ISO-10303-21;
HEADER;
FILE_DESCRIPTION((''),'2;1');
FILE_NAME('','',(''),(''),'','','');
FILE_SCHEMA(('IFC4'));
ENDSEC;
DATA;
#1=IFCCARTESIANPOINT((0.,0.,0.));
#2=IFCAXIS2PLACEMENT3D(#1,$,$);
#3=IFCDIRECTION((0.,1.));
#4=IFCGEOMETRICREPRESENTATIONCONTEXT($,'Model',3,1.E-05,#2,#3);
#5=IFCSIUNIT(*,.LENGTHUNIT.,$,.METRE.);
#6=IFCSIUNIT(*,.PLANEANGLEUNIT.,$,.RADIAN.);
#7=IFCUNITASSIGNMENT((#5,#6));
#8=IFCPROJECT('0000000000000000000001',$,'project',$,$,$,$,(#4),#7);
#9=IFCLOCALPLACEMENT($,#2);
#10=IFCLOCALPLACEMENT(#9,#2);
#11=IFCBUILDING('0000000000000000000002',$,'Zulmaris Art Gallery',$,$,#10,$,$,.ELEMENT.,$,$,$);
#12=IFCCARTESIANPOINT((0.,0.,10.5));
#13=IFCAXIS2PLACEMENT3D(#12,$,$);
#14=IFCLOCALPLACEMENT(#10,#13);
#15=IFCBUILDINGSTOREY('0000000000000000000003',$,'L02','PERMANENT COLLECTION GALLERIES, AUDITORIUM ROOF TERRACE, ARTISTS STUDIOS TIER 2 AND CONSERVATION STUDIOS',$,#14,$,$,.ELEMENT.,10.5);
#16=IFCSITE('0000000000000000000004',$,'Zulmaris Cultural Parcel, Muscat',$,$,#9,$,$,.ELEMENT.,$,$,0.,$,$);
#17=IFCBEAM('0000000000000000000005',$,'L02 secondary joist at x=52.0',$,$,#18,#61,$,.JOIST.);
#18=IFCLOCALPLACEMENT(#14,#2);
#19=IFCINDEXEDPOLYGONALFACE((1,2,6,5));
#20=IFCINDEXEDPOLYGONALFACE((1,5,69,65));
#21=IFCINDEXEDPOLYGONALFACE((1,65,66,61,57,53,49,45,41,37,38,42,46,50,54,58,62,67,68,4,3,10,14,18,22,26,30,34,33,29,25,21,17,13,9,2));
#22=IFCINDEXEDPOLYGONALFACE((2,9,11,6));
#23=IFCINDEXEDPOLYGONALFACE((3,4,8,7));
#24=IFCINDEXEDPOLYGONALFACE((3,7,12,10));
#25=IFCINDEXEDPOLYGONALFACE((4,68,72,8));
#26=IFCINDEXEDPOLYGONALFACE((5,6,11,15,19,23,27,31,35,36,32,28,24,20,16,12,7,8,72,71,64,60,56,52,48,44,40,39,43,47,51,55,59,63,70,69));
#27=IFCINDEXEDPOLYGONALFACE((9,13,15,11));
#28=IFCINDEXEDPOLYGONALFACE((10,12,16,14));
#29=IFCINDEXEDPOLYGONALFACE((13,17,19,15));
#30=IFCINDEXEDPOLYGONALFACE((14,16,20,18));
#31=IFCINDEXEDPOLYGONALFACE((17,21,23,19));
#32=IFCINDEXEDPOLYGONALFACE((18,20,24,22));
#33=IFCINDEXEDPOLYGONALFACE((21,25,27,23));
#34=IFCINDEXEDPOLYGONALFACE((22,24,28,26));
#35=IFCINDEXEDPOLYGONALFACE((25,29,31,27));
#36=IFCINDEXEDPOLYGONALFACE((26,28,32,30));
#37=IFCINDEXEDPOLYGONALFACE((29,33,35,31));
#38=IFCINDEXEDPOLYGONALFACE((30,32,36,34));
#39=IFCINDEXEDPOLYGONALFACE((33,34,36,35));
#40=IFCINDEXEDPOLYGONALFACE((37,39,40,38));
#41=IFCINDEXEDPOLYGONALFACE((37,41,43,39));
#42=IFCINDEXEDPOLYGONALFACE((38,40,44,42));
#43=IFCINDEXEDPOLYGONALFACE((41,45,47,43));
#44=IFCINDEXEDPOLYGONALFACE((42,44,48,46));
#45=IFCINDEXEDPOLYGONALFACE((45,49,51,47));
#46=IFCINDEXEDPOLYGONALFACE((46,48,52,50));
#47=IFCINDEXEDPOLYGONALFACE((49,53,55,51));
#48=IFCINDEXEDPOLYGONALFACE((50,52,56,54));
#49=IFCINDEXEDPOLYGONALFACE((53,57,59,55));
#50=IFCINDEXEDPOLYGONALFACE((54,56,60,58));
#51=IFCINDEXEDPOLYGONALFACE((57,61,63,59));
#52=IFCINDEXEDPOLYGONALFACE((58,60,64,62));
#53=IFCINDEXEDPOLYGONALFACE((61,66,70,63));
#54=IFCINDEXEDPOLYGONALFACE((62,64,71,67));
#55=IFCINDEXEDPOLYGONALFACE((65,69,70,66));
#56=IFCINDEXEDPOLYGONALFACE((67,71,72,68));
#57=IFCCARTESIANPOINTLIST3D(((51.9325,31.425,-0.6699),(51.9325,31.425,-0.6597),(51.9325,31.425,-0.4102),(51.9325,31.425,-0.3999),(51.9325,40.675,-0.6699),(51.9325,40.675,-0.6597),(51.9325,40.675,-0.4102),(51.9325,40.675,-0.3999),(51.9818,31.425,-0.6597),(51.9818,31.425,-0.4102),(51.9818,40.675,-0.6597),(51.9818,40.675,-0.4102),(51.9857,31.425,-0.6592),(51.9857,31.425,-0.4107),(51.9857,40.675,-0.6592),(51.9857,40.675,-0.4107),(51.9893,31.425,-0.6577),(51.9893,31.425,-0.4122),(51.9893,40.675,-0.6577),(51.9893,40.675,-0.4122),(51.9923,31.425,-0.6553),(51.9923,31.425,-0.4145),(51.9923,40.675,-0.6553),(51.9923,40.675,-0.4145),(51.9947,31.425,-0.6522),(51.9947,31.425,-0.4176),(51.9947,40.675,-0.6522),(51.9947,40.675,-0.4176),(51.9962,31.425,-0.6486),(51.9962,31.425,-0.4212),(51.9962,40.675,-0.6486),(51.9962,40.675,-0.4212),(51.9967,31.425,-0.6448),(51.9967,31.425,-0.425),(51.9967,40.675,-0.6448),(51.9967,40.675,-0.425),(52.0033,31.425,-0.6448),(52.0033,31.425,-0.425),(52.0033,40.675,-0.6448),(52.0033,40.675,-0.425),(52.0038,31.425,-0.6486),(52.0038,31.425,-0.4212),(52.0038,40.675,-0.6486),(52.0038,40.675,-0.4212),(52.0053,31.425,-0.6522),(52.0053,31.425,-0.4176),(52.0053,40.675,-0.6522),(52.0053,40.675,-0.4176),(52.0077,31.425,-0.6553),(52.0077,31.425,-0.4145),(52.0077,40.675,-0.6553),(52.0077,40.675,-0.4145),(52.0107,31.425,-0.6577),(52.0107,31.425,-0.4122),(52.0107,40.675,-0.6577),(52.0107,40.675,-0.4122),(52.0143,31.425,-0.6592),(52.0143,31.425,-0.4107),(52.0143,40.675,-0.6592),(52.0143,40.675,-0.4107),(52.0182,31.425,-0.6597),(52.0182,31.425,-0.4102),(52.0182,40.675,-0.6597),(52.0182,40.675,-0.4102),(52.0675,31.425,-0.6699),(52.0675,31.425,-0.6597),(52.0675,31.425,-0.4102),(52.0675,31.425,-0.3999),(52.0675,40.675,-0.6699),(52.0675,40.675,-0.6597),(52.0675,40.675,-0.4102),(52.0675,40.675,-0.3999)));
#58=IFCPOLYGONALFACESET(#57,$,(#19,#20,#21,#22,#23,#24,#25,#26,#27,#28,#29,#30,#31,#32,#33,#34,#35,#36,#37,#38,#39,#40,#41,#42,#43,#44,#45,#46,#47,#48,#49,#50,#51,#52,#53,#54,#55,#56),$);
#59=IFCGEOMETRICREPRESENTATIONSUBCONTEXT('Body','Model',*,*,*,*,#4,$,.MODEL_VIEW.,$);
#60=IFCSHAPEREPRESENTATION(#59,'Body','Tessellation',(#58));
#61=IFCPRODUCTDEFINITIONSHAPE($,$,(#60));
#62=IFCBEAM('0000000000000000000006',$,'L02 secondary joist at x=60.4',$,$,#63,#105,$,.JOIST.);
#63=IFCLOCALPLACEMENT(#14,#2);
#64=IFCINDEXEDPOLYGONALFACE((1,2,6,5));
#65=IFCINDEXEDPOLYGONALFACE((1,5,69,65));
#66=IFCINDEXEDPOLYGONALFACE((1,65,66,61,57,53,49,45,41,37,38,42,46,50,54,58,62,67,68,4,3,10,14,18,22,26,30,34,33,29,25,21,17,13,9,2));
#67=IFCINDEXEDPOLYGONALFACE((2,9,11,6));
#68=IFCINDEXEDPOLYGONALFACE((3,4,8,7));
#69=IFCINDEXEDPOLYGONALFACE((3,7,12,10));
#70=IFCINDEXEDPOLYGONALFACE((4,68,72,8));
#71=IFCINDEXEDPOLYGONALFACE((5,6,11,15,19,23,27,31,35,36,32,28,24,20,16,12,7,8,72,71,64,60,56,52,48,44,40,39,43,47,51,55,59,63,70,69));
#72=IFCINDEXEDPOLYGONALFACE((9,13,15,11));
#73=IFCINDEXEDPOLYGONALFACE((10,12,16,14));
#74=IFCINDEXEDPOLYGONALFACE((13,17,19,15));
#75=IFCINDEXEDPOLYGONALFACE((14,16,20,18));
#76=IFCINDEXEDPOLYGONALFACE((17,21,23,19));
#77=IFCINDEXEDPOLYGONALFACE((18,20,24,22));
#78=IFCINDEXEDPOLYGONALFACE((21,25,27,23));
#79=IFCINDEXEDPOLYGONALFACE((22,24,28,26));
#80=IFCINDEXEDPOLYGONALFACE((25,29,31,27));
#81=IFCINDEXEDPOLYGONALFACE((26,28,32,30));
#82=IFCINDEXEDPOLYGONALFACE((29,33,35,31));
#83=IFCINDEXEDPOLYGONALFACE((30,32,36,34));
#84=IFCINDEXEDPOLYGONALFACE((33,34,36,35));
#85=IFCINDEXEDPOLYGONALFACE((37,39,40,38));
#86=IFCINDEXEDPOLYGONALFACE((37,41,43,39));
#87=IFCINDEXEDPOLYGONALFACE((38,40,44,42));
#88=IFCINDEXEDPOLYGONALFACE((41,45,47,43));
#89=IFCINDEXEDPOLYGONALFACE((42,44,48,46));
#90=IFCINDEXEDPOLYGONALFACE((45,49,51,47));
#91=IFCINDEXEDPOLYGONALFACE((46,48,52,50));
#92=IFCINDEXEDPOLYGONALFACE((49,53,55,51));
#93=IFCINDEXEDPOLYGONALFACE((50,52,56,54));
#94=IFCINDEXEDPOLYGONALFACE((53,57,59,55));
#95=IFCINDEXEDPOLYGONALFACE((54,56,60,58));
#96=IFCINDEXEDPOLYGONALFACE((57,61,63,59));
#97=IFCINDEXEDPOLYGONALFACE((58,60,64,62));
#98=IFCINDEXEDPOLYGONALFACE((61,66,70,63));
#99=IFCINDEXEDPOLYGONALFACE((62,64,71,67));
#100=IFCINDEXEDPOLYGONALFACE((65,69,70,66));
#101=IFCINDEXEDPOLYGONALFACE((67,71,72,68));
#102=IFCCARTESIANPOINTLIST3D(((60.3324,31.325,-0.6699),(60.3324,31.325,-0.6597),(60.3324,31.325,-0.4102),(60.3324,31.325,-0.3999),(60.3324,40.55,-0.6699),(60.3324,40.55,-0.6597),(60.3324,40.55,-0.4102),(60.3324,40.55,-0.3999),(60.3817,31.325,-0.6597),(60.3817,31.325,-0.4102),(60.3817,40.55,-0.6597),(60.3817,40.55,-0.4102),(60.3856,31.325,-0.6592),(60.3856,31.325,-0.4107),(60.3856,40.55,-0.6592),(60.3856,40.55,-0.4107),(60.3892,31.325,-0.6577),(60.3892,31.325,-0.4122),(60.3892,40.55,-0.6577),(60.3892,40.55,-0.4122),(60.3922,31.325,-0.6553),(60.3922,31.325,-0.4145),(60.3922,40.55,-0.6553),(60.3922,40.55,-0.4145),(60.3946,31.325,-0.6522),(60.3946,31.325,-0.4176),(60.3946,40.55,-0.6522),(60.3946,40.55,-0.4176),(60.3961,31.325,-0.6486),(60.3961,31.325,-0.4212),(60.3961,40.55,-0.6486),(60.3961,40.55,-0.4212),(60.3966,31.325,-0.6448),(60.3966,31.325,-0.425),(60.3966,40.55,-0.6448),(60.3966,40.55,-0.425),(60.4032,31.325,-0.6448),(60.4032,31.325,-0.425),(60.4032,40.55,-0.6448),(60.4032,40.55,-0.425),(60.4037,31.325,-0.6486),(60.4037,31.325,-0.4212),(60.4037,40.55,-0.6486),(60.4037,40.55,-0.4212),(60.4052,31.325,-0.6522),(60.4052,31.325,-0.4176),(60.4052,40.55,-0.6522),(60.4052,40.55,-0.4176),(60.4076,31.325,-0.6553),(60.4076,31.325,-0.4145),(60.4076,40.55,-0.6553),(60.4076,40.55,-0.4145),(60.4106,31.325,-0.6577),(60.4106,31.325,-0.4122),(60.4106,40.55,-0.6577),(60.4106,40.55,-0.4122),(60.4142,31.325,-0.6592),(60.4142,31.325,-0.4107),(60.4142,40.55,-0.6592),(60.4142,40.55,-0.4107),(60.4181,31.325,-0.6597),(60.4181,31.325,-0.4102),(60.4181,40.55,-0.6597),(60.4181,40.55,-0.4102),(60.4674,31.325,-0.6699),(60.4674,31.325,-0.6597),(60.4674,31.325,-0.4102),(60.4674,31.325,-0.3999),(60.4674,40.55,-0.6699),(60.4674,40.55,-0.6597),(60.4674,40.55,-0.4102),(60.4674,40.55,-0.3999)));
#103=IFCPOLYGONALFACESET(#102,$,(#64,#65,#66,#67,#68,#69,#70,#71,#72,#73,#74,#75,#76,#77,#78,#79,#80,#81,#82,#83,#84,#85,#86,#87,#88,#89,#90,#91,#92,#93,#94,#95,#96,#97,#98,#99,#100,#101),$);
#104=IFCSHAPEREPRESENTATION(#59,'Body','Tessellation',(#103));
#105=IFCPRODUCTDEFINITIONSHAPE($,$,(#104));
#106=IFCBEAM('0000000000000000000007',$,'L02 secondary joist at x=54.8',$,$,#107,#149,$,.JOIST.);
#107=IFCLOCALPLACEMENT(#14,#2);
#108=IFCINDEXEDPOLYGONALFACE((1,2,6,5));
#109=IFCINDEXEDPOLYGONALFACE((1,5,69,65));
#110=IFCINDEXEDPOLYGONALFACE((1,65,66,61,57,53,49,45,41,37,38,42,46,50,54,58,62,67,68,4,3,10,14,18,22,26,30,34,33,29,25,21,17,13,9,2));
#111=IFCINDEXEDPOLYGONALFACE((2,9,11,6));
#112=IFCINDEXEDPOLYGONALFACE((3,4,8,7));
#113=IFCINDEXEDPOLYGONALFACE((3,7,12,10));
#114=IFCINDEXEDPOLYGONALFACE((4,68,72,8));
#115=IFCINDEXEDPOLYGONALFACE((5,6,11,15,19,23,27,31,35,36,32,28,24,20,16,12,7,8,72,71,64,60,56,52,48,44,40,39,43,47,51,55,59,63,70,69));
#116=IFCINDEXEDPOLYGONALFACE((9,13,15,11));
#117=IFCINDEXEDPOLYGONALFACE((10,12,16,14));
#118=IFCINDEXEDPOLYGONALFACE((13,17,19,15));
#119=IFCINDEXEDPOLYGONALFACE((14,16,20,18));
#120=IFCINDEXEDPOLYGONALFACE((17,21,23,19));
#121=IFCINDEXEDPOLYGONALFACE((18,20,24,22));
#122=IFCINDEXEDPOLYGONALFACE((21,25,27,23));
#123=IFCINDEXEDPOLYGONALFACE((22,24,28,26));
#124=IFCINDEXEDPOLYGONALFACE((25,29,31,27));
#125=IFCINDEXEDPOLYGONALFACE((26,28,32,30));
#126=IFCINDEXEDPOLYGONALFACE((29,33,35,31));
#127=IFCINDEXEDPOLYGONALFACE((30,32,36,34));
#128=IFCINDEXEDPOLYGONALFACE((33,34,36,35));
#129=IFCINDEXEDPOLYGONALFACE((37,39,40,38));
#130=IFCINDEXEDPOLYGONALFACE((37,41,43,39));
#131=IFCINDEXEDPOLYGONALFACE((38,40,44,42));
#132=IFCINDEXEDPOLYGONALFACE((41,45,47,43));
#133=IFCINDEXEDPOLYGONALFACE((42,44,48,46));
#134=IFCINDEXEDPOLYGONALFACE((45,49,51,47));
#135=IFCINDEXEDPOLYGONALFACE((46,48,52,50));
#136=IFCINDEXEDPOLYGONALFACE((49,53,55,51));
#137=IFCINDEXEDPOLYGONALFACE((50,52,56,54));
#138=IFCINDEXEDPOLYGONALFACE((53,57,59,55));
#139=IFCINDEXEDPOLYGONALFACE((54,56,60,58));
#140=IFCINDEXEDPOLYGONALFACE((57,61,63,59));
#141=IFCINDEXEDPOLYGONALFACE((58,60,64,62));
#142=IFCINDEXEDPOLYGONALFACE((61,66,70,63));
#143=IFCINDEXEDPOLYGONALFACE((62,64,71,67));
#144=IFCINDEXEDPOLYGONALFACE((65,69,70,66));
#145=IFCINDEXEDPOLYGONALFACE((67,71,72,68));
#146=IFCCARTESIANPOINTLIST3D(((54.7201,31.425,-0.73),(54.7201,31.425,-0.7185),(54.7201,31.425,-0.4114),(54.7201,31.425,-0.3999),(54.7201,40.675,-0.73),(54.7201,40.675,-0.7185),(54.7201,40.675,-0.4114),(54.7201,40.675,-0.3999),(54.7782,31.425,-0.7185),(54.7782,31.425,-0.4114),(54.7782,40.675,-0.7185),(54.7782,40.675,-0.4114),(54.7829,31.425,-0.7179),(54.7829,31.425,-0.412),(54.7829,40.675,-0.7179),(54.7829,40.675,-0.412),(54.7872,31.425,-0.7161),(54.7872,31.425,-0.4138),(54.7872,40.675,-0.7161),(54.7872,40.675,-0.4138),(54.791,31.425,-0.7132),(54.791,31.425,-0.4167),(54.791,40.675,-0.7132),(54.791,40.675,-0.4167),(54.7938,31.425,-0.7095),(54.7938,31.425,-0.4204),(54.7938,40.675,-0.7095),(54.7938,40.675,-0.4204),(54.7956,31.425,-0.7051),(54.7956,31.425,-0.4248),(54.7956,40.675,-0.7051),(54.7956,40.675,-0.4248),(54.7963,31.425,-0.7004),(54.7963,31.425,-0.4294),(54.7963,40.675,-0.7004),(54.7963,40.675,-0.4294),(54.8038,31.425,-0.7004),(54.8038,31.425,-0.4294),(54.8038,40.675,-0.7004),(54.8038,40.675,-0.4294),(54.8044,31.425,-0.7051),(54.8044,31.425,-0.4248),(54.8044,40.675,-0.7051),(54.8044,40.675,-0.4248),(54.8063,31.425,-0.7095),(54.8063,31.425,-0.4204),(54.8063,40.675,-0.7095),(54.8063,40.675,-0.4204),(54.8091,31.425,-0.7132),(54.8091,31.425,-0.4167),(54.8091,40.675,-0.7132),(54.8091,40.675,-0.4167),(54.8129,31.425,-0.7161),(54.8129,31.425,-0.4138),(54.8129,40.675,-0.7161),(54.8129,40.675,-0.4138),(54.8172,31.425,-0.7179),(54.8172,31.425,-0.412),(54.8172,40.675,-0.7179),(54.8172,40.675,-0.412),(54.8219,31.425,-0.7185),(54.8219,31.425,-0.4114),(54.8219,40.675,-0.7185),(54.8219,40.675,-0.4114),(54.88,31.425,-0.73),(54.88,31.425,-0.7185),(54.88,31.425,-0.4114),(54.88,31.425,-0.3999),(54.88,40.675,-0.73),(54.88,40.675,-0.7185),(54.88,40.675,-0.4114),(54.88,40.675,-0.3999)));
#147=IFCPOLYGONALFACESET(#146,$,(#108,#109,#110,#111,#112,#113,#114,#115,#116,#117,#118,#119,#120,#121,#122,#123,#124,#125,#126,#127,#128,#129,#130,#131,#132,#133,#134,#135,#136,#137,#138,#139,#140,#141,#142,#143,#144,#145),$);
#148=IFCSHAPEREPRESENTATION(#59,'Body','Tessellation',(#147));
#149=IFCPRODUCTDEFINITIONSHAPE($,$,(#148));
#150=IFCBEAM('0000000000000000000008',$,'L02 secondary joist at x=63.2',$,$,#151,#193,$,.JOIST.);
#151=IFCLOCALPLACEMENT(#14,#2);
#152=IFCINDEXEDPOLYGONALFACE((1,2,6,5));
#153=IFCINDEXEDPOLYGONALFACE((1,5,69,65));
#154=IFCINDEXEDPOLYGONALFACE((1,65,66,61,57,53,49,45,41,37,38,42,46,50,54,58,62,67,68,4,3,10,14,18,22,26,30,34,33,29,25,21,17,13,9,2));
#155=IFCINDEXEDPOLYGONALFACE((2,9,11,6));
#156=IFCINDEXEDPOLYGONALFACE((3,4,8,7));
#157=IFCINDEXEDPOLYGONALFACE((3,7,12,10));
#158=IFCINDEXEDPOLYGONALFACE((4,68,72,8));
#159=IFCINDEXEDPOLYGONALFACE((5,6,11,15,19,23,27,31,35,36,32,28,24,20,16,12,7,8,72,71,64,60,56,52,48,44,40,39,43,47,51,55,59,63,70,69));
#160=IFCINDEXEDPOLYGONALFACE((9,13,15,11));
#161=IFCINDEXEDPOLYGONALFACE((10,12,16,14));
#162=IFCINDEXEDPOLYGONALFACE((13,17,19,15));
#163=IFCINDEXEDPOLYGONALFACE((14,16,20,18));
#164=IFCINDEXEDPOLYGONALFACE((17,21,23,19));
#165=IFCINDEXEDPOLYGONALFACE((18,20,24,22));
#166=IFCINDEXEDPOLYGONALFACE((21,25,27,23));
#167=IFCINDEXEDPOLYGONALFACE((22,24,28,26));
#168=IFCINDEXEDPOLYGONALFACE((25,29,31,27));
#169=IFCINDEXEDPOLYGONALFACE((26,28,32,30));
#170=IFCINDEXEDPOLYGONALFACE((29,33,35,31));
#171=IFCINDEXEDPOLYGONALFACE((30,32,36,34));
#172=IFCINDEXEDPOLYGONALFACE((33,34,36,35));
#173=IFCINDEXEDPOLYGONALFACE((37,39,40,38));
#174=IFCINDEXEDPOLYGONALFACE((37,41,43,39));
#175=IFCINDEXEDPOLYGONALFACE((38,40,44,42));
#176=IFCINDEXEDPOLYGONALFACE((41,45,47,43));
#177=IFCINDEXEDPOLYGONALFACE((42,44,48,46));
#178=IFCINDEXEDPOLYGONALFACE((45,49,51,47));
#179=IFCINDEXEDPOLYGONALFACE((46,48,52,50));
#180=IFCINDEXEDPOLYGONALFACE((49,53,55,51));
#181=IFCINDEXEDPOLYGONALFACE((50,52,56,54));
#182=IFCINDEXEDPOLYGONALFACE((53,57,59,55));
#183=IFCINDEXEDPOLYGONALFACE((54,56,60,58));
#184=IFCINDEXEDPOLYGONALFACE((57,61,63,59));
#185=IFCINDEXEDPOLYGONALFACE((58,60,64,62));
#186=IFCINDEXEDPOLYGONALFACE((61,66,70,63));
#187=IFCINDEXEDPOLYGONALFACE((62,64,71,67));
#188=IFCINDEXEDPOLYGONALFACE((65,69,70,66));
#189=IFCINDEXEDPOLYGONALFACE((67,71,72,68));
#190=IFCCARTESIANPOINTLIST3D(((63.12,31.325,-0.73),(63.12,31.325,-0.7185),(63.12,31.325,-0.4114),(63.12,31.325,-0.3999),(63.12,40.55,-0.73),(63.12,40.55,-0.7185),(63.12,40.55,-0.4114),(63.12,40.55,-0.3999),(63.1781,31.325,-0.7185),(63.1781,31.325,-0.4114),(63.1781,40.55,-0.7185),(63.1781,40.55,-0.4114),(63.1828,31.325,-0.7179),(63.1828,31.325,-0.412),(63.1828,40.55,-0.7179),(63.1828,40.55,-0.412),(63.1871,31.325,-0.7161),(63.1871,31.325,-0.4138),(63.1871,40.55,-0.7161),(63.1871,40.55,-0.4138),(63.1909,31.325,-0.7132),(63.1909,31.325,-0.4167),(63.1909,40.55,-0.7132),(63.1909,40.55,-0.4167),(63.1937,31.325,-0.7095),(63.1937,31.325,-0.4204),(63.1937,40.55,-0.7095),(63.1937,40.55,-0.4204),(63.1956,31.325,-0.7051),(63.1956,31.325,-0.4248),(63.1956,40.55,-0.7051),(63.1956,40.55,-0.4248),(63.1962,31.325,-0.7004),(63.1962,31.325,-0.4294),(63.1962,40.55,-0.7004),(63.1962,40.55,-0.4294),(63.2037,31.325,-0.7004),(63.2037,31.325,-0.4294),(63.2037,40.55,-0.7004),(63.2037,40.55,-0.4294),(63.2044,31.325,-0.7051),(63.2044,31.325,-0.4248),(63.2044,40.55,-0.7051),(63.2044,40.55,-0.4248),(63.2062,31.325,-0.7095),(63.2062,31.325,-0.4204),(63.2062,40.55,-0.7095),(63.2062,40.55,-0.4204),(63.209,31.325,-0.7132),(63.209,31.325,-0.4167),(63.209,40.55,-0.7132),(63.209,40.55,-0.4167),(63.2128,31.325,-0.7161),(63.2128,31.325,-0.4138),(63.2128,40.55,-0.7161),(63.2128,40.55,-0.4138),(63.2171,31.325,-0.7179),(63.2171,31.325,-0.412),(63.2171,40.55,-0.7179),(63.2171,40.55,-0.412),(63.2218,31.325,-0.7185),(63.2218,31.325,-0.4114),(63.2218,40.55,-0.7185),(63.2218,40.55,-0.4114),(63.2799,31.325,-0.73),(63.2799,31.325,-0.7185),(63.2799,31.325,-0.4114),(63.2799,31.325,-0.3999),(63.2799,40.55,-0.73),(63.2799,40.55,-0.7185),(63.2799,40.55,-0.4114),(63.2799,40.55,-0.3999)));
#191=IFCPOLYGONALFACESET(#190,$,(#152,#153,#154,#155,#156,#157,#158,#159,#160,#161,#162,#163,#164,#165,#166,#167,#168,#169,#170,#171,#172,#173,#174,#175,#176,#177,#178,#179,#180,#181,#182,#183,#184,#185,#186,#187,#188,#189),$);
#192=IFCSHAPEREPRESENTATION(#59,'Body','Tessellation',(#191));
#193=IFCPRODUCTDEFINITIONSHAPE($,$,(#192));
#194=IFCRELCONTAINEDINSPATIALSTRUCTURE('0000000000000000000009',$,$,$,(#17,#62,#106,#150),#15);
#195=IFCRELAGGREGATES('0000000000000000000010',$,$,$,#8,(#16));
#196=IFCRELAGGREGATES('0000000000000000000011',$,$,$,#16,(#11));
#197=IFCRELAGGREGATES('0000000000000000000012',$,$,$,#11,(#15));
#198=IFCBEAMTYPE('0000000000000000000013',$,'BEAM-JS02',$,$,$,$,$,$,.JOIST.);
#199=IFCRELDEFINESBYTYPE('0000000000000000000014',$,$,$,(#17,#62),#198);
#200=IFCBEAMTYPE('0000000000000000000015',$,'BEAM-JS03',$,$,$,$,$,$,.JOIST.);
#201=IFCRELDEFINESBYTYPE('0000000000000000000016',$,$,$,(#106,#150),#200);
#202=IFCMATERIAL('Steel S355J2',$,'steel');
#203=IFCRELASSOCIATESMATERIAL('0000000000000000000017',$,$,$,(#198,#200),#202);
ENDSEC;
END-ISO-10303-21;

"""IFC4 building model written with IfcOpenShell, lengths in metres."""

from ifc_helpers import new_model, si_unit, direction, frame, origin, origin_2d, place, context, subcontext, project, spatial, i_section, extrude, material, material_profile, profile_set, type_object, element, save


model = new_model("IFC4")

# Units and contexts
model_context = context("Model", 3, precision=1e-05, world=origin(), true_north=direction((0.0, 1.0)))
body_context = subcontext(model_context, "Body", "Model", "MODEL_VIEW")
ifc_project = project(units=[si_unit("LENGTHUNIT", "METRE"), si_unit("PLANEANGLEUNIT", "RADIAN")], contexts=[model_context])

# Site, building, storey
site_placement = place(None, origin())
site = spatial("IfcSite", under=ifc_project, at=site_placement, Name="Zulmaris Cultural Parcel, Muscat", CompositionType="ELEMENT", RefElevation=0.0)
building_placement = place(site_placement, origin())
building = spatial("IfcBuilding", under=site, at=building_placement, Name="Zulmaris Art Gallery", CompositionType="ELEMENT")
storey_placement = place(building_placement, frame((0.0, 0.0, 10.5)))
storey = spatial("IfcBuildingStorey", under=building, at=storey_placement, Name="L02", Description="PERMANENT COLLECTION GALLERIES, AUDITORIUM ROOF TERRACE, ARTISTS STUDIOS TIER 2 AND CONSERVATION STUDIOS", CompositionType="ELEMENT", Elevation=10.5)

# Beams
ifc_material_1 = material(Name="Steel S355J2", Category="steel")
ifc_material_profile_1 = material_profile(ifc_material_1, i_section(OverallWidth=0.135, OverallDepth=0.27, WebThickness=0.0066, FlangeThickness=0.0103, FilletRadius=0.0149, at=origin_2d()), Name="IPE 270")
ifc_profile_set_1 = profile_set([ifc_material_profile_1], Name="Steel S355J2")
beam_type_1 = type_object("IfcBeamType", Name="BEAM-JS02", PredefinedType="JOIST", material=ifc_profile_set_1)
beam_1_placement = place(storey_placement, frame((52.0, 31.425, -0.5349), z_axis=(0.0, 1.0, 0.0), x_axis=(-1.0, 0.0, 0.0)))
element("IfcBeam", 1, at=beam_1_placement, inside=storey, type_object=beam_type_1, Name="L02 secondary joist at x=52.0", PredefinedType="JOIST", context=body_context, shape_type="SweptSolid", body=[
    extrude(i_section(OverallWidth=0.135, OverallDepth=0.27, WebThickness=0.0066, FlangeThickness=0.0103, FilletRadius=0.0149, at=origin_2d()), origin(), (0.0, 0.0, 1.0), 9.25),
])
beam_2_placement = place(storey_placement, frame((60.3999, 31.325, -0.5349), z_axis=(0.0, 1.0, 0.0), x_axis=(-1.0, 0.0, 0.0)))
element("IfcBeam", 2, at=beam_2_placement, inside=storey, type_object=beam_type_1, Name="L02 secondary joist at x=60.4", PredefinedType="JOIST", context=body_context, shape_type="SweptSolid", body=[
    extrude(i_section(OverallWidth=0.135, OverallDepth=0.27, WebThickness=0.0066, FlangeThickness=0.0103, FilletRadius=0.0149, at=origin_2d()), origin(), (0.0, 0.0, 1.0), 9.2251),
])
ifc_material_profile_2 = material_profile(ifc_material_1, i_section(OverallWidth=0.1599, OverallDepth=0.3301, WebThickness=0.0076, FlangeThickness=0.0115, FilletRadius=0.0181, at=origin_2d()), Name="IPE 330")
ifc_profile_set_2 = profile_set([ifc_material_profile_2], Name="Steel S355J2")
beam_type_2 = type_object("IfcBeamType", Name="BEAM-JS03", PredefinedType="JOIST", material=ifc_profile_set_2)
beam_3_placement = place(storey_placement, frame((54.8, 31.425, -0.5649), z_axis=(0.0, 1.0, 0.0), x_axis=(-1.0, 0.0, 0.0)))
element("IfcBeam", 3, at=beam_3_placement, inside=storey, type_object=beam_type_2, Name="L02 secondary joist at x=54.8", PredefinedType="JOIST", context=body_context, shape_type="SweptSolid", body=[
    extrude(i_section(OverallWidth=0.1599, OverallDepth=0.3301, WebThickness=0.0076, FlangeThickness=0.0115, FilletRadius=0.0181, at=origin_2d()), origin(), (0.0, 0.0, 1.0), 9.25),
])
beam_4_placement = place(storey_placement, frame((63.2, 31.325, -0.5649), z_axis=(0.0, 1.0, 0.0), x_axis=(-1.0, 0.0, 0.0)))
element("IfcBeam", 4, at=beam_4_placement, inside=storey, type_object=beam_type_2, Name="L02 secondary joist at x=63.2", PredefinedType="JOIST", context=body_context, shape_type="SweptSolid", body=[
    extrude(i_section(OverallWidth=0.1599, OverallDepth=0.3301, WebThickness=0.0076, FlangeThickness=0.0115, FilletRadius=0.0181, at=origin_2d()), origin(), (0.0, 0.0, 1.0), 9.2251),
])

save(model, "model.ifc")
